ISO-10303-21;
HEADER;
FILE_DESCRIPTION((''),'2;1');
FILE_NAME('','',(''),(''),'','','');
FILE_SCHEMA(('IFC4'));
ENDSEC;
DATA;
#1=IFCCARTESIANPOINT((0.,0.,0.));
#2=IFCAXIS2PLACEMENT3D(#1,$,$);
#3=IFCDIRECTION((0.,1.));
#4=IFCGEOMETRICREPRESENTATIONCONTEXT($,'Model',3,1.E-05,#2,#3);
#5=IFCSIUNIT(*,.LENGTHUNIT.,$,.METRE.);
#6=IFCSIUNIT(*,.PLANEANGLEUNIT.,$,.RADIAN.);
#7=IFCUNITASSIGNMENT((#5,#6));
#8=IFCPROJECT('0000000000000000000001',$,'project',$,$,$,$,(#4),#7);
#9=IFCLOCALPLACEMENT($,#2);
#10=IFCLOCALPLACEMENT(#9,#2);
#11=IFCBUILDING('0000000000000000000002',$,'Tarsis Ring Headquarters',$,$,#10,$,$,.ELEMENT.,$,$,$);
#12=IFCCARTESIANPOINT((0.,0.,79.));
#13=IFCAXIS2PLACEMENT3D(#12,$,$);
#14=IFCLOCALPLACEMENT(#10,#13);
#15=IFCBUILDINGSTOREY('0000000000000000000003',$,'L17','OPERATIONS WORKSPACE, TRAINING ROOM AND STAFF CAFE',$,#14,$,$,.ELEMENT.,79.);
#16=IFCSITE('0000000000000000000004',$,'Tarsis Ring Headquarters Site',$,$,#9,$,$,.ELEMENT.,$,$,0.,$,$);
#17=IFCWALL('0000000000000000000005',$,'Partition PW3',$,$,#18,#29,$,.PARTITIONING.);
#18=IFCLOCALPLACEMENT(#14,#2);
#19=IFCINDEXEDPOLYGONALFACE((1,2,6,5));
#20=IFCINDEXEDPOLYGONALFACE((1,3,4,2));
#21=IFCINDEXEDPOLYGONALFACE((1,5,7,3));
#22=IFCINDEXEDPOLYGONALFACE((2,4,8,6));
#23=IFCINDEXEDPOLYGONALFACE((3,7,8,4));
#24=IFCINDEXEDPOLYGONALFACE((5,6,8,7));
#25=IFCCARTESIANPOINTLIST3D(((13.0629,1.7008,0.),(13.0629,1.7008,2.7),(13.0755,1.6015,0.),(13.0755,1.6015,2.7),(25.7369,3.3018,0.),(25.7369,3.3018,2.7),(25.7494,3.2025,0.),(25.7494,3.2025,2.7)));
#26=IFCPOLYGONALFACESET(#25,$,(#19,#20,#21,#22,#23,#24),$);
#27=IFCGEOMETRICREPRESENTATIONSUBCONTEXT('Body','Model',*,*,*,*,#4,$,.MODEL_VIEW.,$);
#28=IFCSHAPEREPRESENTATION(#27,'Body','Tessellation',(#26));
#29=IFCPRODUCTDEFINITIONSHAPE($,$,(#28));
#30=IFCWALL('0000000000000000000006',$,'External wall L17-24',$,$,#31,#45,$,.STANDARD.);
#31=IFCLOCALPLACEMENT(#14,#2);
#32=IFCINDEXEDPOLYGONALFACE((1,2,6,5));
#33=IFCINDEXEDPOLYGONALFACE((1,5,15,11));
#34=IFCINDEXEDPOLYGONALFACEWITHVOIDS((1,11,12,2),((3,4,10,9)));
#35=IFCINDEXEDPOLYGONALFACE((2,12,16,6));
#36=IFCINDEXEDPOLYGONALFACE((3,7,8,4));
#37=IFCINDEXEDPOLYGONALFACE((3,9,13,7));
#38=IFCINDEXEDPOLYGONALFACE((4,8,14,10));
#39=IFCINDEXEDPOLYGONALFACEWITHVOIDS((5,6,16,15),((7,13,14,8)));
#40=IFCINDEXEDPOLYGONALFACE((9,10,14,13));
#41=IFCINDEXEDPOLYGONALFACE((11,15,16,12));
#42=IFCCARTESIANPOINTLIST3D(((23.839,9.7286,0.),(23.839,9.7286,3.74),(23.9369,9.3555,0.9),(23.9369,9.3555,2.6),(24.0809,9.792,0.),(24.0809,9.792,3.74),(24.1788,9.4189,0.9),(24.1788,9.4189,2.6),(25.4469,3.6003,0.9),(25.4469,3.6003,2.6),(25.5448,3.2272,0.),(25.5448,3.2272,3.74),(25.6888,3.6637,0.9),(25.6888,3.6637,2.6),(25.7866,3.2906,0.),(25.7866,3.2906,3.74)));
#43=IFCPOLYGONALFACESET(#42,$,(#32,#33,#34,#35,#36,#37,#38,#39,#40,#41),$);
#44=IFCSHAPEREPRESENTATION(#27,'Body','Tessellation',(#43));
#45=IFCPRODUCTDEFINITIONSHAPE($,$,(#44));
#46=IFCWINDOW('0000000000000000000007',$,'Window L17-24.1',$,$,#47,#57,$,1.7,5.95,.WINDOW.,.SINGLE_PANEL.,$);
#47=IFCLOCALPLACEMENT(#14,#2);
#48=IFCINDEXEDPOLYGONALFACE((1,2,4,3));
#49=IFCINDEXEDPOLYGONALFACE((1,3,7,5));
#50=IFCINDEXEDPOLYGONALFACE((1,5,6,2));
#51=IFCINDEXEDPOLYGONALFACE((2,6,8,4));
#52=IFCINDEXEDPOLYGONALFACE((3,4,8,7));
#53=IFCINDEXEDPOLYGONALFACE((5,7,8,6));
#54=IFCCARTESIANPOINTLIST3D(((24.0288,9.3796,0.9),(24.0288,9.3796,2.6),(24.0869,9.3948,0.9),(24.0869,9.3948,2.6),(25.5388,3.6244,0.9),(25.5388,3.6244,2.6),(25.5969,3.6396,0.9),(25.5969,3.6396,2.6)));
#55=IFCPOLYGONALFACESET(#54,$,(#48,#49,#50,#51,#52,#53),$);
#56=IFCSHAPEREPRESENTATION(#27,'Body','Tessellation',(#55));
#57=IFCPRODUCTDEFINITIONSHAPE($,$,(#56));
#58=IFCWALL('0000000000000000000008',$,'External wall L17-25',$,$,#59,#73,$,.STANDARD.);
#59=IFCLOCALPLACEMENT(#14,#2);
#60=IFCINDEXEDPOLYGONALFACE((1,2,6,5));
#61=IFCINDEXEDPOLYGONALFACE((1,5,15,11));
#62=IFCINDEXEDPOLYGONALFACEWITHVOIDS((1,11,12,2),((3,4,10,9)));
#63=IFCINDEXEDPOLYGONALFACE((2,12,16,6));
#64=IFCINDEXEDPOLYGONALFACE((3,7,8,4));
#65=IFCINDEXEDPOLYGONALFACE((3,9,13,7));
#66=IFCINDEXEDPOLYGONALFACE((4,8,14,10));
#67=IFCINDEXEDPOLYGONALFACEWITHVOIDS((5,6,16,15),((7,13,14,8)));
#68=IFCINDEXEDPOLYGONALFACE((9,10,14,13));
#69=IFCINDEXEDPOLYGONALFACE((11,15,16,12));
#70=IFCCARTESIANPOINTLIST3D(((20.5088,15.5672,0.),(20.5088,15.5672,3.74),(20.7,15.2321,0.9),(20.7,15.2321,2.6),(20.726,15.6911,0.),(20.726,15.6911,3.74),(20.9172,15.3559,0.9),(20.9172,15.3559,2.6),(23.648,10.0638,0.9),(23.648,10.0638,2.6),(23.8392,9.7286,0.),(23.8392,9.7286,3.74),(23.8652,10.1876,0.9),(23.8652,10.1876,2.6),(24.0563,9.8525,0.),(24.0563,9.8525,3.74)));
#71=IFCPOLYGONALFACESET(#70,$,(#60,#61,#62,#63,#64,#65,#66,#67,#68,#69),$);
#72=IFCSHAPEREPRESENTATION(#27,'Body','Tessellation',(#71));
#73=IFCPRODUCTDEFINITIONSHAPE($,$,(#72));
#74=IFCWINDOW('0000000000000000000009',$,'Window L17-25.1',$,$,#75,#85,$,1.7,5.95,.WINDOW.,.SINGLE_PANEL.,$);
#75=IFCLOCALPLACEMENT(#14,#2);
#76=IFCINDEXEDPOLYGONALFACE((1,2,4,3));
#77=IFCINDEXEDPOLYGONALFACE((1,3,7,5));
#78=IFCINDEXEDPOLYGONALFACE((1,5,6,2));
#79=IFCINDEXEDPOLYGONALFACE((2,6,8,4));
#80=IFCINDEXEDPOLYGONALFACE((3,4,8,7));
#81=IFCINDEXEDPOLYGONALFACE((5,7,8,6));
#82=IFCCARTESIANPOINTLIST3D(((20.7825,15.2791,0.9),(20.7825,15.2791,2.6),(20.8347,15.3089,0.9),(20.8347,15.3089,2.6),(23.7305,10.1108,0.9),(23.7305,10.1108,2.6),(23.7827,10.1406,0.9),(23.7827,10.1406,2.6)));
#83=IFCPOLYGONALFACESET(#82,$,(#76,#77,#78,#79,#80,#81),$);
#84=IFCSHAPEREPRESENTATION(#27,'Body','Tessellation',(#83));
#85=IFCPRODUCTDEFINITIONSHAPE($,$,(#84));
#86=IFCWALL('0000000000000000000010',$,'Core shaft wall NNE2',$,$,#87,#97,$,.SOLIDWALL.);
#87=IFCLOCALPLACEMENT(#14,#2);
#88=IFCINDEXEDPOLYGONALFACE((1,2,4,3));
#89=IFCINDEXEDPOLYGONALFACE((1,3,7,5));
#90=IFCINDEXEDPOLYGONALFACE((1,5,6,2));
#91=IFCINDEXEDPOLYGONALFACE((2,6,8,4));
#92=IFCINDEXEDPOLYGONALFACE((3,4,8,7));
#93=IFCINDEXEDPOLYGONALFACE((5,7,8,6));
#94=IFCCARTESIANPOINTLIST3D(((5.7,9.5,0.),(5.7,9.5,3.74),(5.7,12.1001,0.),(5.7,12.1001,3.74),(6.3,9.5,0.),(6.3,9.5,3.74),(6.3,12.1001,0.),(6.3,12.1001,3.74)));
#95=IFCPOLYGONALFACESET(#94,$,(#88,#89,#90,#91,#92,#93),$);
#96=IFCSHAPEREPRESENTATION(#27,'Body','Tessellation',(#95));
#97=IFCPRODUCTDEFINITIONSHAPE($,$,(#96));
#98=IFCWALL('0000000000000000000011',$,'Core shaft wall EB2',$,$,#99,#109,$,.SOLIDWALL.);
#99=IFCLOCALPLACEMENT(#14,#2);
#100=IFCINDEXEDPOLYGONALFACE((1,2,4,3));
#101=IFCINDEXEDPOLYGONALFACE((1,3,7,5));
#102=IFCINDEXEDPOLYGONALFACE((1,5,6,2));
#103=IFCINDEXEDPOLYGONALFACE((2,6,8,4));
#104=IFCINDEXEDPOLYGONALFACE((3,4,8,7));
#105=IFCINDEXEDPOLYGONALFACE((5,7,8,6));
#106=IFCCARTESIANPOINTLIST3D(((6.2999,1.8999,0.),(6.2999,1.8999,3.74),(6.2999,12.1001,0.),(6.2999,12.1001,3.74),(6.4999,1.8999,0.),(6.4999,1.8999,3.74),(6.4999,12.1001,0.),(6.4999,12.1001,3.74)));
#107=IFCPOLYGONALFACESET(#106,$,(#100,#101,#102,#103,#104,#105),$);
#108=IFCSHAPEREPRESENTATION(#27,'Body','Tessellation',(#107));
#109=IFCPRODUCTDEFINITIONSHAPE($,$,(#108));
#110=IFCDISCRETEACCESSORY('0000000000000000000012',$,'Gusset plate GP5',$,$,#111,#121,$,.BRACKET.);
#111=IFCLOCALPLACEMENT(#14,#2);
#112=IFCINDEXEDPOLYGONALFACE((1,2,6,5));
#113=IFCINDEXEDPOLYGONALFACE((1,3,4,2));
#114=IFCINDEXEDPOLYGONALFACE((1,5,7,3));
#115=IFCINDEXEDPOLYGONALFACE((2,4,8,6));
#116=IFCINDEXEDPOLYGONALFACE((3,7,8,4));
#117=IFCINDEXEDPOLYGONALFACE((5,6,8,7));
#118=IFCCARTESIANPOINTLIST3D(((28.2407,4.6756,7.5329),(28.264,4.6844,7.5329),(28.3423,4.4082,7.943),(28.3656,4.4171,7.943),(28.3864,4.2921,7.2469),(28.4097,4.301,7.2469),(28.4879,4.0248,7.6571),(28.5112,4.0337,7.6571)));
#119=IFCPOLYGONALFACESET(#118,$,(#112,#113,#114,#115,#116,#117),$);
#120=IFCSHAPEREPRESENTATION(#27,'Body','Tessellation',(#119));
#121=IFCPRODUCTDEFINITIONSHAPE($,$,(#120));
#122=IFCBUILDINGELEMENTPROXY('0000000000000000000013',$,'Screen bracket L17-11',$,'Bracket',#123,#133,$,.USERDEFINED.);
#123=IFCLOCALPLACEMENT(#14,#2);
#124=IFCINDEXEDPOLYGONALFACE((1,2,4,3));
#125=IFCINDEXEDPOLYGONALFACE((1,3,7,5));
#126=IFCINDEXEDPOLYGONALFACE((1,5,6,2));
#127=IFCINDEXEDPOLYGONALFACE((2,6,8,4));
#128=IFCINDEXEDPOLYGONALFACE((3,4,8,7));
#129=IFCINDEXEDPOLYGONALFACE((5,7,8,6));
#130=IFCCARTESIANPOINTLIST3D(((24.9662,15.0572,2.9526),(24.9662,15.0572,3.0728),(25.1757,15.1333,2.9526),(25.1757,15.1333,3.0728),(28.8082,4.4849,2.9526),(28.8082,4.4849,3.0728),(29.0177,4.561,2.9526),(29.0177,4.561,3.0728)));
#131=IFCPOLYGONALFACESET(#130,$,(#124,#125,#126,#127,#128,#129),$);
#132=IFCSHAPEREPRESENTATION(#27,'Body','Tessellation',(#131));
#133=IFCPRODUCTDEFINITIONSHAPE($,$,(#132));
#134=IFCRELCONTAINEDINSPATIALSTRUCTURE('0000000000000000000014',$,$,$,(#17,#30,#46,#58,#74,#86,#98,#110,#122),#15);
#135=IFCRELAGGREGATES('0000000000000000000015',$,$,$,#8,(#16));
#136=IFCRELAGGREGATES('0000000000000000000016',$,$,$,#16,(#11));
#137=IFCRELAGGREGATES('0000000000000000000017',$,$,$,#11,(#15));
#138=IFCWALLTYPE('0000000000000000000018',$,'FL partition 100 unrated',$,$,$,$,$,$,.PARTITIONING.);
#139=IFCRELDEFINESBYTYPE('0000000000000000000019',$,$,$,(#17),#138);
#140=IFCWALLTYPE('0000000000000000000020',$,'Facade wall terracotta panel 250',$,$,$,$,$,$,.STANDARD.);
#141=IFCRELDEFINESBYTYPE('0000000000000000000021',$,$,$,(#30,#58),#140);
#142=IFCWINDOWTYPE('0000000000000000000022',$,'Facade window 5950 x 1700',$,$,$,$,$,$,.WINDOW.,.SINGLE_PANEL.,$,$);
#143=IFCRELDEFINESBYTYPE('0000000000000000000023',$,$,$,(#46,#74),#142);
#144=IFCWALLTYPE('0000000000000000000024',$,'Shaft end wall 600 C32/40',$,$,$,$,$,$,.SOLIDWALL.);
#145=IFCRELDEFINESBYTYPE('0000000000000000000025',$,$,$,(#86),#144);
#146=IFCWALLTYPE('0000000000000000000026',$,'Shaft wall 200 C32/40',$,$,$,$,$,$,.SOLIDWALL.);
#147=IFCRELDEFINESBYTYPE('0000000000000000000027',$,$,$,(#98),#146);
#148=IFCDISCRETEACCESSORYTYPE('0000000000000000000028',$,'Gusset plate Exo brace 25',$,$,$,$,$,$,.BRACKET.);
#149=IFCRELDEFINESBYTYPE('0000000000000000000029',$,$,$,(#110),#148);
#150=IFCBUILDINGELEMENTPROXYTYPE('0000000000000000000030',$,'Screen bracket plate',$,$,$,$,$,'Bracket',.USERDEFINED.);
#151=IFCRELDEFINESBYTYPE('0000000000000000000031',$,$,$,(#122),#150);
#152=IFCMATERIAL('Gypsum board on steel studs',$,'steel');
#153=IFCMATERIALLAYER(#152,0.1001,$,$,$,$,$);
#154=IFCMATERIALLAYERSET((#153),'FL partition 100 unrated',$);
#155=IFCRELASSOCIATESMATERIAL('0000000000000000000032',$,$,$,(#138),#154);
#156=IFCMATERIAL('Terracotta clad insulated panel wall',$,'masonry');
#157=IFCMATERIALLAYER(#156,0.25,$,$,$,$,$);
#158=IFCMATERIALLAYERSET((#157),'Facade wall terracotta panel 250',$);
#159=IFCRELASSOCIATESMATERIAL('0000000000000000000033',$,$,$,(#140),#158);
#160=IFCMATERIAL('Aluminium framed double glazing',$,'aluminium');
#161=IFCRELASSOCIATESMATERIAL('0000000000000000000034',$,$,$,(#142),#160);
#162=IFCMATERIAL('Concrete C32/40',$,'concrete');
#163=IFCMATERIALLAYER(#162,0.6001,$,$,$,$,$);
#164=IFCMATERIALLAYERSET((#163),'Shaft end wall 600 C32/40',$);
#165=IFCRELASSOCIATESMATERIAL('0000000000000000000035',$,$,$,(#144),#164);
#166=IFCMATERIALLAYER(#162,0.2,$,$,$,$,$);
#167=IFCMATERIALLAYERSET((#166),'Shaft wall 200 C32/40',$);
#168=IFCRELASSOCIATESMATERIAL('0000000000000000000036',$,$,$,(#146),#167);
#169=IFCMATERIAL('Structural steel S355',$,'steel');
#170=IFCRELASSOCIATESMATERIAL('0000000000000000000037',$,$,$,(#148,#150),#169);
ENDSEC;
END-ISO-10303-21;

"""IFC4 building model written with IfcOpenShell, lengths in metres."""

from ifc_helpers import new_model, si_unit, direction, frame, frame_2d, origin, origin_2d, place, context, subcontext, project, spatial, rectangle, extrude, material, layer, layer_set, material_profile, profile_set, type_object, element, fill, save


model = new_model("IFC4")

# Units and contexts
model_context = context("Model", 3, precision=1e-05, world=origin(), true_north=direction((0.0, 1.0)))
body_context = subcontext(model_context, "Body", "Model", "MODEL_VIEW")
ifc_project = project(units=[si_unit("LENGTHUNIT", "METRE"), si_unit("PLANEANGLEUNIT", "RADIAN")], contexts=[model_context])

# Site, building, storey
site_placement = place(None, origin())
site = spatial("IfcSite", under=ifc_project, at=site_placement, Name="Tarsis Ring Headquarters Site", CompositionType="ELEMENT", RefElevation=0.0)
building_placement = place(site_placement, origin())
building = spatial("IfcBuilding", under=site, at=building_placement, Name="Tarsis Ring Headquarters", CompositionType="ELEMENT")
storey_placement = place(building_placement, frame((0.0, 0.0, 79.0)))
storey = spatial("IfcBuildingStorey", under=building, at=storey_placement, Name="L17", Description="OPERATIONS WORKSPACE, TRAINING ROOM AND STAFF CAFE", CompositionType="ELEMENT", Elevation=79.0)

# Shared definitions
ifc_material_1 = material(Name="Structural steel S355", Category="steel")

# Wall
ifc_material_2 = material(Name="Gypsum board on steel studs", Category="steel")
ifc_layer_1 = layer(ifc_material_2, 0.1001)
ifc_layer_set_1 = layer_set([ifc_layer_1], Name="FL partition 100 unrated")
wall_type_1 = type_object("IfcWallType", Name="FL partition 100 unrated", PredefinedType="PARTITIONING", material=ifc_layer_set_1)
wall_1_placement = place(storey_placement, frame((13.0693, 1.6511, 0.0), z_axis=(0.0, 0.0, 1.0), x_axis=(0.992115, 0.125333, 0.0)))
element("IfcWall", 1, at=wall_1_placement, inside=storey, type_object=wall_type_1, Name="Partition PW3", PredefinedType="PARTITIONING", context=body_context, shape_type="SweptSolid", body=[
    extrude(rectangle(XDim=12.7747, YDim=0.1001, at=frame_2d((6.3872, 0.0))), origin(), (0.0, 0.0, 1.0), 2.7),
])

# Walls, openings, windows
ifc_material_3 = material(Name="Terracotta clad insulated panel wall", Category="masonry")
ifc_layer_2 = layer(ifc_material_3, 0.25)
ifc_layer_set_2 = layer_set([ifc_layer_2], Name="Facade wall terracotta panel 250")
wall_type_2 = type_object("IfcWallType", Name="Facade wall terracotta panel 250", PredefinedType="STANDARD", material=ifc_layer_set_2)
wall_2_placement = place(storey_placement, frame((25.6658, 3.2588, 0.0), z_axis=(0.0, 0.0, 1.0), x_axis=(-0.253783, 0.967261, 0.0)))
wall_2 = element("IfcWall", 2, at=wall_2_placement, inside=storey, type_object=wall_type_2, Name="External wall L17-24", PredefinedType="STANDARD", context=body_context, shape_type="SweptSolid", body=[
    extrude(rectangle(XDim=6.7214, YDim=0.25, at=frame_2d((3.3608, 0.0))), origin(), (0.0, 0.0, 1.0), 3.74),
])
opening_1_placement = place(wall_2_placement, frame((0.3857, 0.0, 0.8999)))
opening_1 = element("IfcOpeningElement", 3, at=opening_1_placement, cuts=wall_2, PredefinedType="OPENING", context=body_context, shape_type="SweptSolid", body=[
    extrude(rectangle(XDim=5.95, YDim=1.7, at=frame_2d((2.9751, 0.8501))), frame((0.0, 0.135, 0.0), z_axis=(0.0, -1.0, 0.0), x_axis=(1.0, 0.0, 0.0)), (0.0, 0.0, 1.0), 0.27),
])
ifc_material_4 = material(Name="Aluminium framed double glazing", Category="aluminium")
window_type = type_object("IfcWindowType", Name="Facade window 5950 x 1700", PartitioningType="SINGLE_PANEL", PredefinedType="WINDOW", material=ifc_material_4)
window_1_placement = place(opening_1_placement, origin())
window_1 = element("IfcWindow", 4, at=window_1_placement, inside=storey, type_object=window_type, Name="Window L17-24.1", OverallHeight=1.7, OverallWidth=5.95, PartitioningType="SINGLE_PANEL", PredefinedType="WINDOW", context=body_context, shape_type="SweptSolid", body=[
    extrude(rectangle(XDim=5.95, YDim=1.7, at=frame_2d((2.9751, 0.8501))), frame((0.0, 0.03, 0.0), z_axis=(0.0, -1.0, 0.0), x_axis=(1.0, 0.0, 0.0)), (0.0, 0.0, 1.0), 0.0601),
])
fill(opening_1, window_1)
wall_3_placement = place(storey_placement, frame((23.9478, 9.7905, 0.0), z_axis=(0.0, 0.0, 1.0), x_axis=(-0.495462, 0.86863, 0.0)))
wall_3 = element("IfcWall", 5, at=wall_3_placement, inside=storey, type_object=wall_type_2, Name="External wall L17-25", PredefinedType="STANDARD", context=body_context, shape_type="SweptSolid", body=[
    extrude(rectangle(XDim=6.7217, YDim=0.25, at=frame_2d((3.3608, 0.0))), origin(), (0.0, 0.0, 1.0), 3.74),
])
opening_2_placement = place(wall_3_placement, frame((0.3857, 0.0, 0.8999)))
opening_2 = element("IfcOpeningElement", 6, at=opening_2_placement, cuts=wall_3, PredefinedType="OPENING", context=body_context, shape_type="SweptSolid", body=[
    extrude(rectangle(XDim=5.95, YDim=1.7, at=frame_2d((2.9751, 0.8501))), frame((0.0, 0.135, 0.0), z_axis=(0.0, -1.0, 0.0), x_axis=(1.0, 0.0, 0.0)), (0.0, 0.0, 1.0), 0.27),
])
window_2_placement = place(opening_2_placement, origin())
window_2 = element("IfcWindow", 7, at=window_2_placement, inside=storey, type_object=window_type, Name="Window L17-25.1", OverallHeight=1.7, OverallWidth=5.95, PartitioningType="SINGLE_PANEL", PredefinedType="WINDOW", context=body_context, shape_type="SweptSolid", body=[
    extrude(rectangle(XDim=5.95, YDim=1.7, at=frame_2d((2.9751, 0.8501))), frame((0.0, 0.03, 0.0), z_axis=(0.0, -1.0, 0.0), x_axis=(1.0, 0.0, 0.0)), (0.0, 0.0, 1.0), 0.0601),
])
fill(opening_2, window_2)

# Walls
ifc_material_5 = material(Name="Concrete C32/40", Category="concrete")
ifc_layer_3 = layer(ifc_material_5, 0.6001)
ifc_layer_set_3 = layer_set([ifc_layer_3], Name="Shaft end wall 600 C32/40")
wall_type_3 = type_object("IfcWallType", Name="Shaft end wall 600 C32/40", PredefinedType="SOLIDWALL", material=ifc_layer_set_3)
wall_4_placement = place(storey_placement, frame((6.0, 9.5, 0.0), z_axis=(0.0, 0.0, 1.0), x_axis=(0.0, 1.0, 0.0)))
element("IfcWall", 8, at=wall_4_placement, inside=storey, type_object=wall_type_3, Name="Core shaft wall NNE2", PredefinedType="SOLIDWALL", context=body_context, shape_type="SweptSolid", body=[
    extrude(rectangle(XDim=2.6001, YDim=0.6001, at=frame_2d((1.3, 0.0))), origin(), (0.0, 0.0, 1.0), 3.74),
])
ifc_layer_4 = layer(ifc_material_5, 0.2)
ifc_layer_set_4 = layer_set([ifc_layer_4], Name="Shaft wall 200 C32/40")
wall_type_4 = type_object("IfcWallType", Name="Shaft wall 200 C32/40", PredefinedType="SOLIDWALL", material=ifc_layer_set_4)
wall_5_placement = place(storey_placement, frame((6.3999, 1.8999, 0.0), z_axis=(0.0, 0.0, 1.0), x_axis=(0.0, 1.0, 0.0)))
element("IfcWall", 9, at=wall_5_placement, inside=storey, type_object=wall_type_4, Name="Core shaft wall EB2", PredefinedType="SOLIDWALL", context=body_context, shape_type="SweptSolid", body=[
    extrude(rectangle(XDim=10.2002, YDim=0.2, at=frame_2d((5.1001, 0.0))), origin(), (0.0, 0.0, 1.0), 3.74),
])

# Discrete accessory
ifc_material_profile_1 = material_profile(ifc_material_1, rectangle(XDim=0.0249, YDim=0.5, at=origin_2d()), Name="PL 25x500")
ifc_profile_set_1 = profile_set([ifc_material_profile_1], Name="Structural steel S355")
discrete_accessory_type = type_object("IfcDiscreteAccessoryType", Name="Gusset plate Exo brace 25", PredefinedType="BRACKET", material=ifc_profile_set_1)
discrete_accessory_placement = place(storey_placement, frame((28.4268, 4.2209, 7.8), z_axis=(-0.203121, 0.534657, -0.820295), x_axis=(-0.934812, -0.355143, 0.0)))
element("IfcDiscreteAccessory", 10, at=discrete_accessory_placement, inside=storey, type_object=discrete_accessory_type, Name="Gusset plate GP5", PredefinedType="BRACKET", context=body_context, shape_type="SweptSolid", body=[
    extrude(rectangle(XDim=0.0249, YDim=0.5, at=origin_2d()), origin(), (0.0, 0.0, 1.0), 0.5),
])

# Building element proxy
building_element_proxy_type = type_object("IfcBuildingElementProxyType", Name="Screen bracket plate", ElementType="Bracket", PredefinedType="USERDEFINED", material=ifc_material_1)
proxy_placement = place(storey_placement, frame((26.9919, 9.8091, 2.9526), z_axis=(0.0, 0.0, 1.0), x_axis=(-0.341549, 0.939864, 0.0)))
element("IfcBuildingElementProxy", 11, at=proxy_placement, inside=storey, type_object=building_element_proxy_type, Name="Screen bracket L17-11", ObjectType="Bracket", PredefinedType="USERDEFINED", context=body_context, shape_type="SweptSolid", body=[
    extrude(rectangle(XDim=11.2488, YDim=0.2229, at=origin_2d()), origin(), (0.0, 0.0, 1.0), 0.1201),
])

save(model, "model.ifc")
